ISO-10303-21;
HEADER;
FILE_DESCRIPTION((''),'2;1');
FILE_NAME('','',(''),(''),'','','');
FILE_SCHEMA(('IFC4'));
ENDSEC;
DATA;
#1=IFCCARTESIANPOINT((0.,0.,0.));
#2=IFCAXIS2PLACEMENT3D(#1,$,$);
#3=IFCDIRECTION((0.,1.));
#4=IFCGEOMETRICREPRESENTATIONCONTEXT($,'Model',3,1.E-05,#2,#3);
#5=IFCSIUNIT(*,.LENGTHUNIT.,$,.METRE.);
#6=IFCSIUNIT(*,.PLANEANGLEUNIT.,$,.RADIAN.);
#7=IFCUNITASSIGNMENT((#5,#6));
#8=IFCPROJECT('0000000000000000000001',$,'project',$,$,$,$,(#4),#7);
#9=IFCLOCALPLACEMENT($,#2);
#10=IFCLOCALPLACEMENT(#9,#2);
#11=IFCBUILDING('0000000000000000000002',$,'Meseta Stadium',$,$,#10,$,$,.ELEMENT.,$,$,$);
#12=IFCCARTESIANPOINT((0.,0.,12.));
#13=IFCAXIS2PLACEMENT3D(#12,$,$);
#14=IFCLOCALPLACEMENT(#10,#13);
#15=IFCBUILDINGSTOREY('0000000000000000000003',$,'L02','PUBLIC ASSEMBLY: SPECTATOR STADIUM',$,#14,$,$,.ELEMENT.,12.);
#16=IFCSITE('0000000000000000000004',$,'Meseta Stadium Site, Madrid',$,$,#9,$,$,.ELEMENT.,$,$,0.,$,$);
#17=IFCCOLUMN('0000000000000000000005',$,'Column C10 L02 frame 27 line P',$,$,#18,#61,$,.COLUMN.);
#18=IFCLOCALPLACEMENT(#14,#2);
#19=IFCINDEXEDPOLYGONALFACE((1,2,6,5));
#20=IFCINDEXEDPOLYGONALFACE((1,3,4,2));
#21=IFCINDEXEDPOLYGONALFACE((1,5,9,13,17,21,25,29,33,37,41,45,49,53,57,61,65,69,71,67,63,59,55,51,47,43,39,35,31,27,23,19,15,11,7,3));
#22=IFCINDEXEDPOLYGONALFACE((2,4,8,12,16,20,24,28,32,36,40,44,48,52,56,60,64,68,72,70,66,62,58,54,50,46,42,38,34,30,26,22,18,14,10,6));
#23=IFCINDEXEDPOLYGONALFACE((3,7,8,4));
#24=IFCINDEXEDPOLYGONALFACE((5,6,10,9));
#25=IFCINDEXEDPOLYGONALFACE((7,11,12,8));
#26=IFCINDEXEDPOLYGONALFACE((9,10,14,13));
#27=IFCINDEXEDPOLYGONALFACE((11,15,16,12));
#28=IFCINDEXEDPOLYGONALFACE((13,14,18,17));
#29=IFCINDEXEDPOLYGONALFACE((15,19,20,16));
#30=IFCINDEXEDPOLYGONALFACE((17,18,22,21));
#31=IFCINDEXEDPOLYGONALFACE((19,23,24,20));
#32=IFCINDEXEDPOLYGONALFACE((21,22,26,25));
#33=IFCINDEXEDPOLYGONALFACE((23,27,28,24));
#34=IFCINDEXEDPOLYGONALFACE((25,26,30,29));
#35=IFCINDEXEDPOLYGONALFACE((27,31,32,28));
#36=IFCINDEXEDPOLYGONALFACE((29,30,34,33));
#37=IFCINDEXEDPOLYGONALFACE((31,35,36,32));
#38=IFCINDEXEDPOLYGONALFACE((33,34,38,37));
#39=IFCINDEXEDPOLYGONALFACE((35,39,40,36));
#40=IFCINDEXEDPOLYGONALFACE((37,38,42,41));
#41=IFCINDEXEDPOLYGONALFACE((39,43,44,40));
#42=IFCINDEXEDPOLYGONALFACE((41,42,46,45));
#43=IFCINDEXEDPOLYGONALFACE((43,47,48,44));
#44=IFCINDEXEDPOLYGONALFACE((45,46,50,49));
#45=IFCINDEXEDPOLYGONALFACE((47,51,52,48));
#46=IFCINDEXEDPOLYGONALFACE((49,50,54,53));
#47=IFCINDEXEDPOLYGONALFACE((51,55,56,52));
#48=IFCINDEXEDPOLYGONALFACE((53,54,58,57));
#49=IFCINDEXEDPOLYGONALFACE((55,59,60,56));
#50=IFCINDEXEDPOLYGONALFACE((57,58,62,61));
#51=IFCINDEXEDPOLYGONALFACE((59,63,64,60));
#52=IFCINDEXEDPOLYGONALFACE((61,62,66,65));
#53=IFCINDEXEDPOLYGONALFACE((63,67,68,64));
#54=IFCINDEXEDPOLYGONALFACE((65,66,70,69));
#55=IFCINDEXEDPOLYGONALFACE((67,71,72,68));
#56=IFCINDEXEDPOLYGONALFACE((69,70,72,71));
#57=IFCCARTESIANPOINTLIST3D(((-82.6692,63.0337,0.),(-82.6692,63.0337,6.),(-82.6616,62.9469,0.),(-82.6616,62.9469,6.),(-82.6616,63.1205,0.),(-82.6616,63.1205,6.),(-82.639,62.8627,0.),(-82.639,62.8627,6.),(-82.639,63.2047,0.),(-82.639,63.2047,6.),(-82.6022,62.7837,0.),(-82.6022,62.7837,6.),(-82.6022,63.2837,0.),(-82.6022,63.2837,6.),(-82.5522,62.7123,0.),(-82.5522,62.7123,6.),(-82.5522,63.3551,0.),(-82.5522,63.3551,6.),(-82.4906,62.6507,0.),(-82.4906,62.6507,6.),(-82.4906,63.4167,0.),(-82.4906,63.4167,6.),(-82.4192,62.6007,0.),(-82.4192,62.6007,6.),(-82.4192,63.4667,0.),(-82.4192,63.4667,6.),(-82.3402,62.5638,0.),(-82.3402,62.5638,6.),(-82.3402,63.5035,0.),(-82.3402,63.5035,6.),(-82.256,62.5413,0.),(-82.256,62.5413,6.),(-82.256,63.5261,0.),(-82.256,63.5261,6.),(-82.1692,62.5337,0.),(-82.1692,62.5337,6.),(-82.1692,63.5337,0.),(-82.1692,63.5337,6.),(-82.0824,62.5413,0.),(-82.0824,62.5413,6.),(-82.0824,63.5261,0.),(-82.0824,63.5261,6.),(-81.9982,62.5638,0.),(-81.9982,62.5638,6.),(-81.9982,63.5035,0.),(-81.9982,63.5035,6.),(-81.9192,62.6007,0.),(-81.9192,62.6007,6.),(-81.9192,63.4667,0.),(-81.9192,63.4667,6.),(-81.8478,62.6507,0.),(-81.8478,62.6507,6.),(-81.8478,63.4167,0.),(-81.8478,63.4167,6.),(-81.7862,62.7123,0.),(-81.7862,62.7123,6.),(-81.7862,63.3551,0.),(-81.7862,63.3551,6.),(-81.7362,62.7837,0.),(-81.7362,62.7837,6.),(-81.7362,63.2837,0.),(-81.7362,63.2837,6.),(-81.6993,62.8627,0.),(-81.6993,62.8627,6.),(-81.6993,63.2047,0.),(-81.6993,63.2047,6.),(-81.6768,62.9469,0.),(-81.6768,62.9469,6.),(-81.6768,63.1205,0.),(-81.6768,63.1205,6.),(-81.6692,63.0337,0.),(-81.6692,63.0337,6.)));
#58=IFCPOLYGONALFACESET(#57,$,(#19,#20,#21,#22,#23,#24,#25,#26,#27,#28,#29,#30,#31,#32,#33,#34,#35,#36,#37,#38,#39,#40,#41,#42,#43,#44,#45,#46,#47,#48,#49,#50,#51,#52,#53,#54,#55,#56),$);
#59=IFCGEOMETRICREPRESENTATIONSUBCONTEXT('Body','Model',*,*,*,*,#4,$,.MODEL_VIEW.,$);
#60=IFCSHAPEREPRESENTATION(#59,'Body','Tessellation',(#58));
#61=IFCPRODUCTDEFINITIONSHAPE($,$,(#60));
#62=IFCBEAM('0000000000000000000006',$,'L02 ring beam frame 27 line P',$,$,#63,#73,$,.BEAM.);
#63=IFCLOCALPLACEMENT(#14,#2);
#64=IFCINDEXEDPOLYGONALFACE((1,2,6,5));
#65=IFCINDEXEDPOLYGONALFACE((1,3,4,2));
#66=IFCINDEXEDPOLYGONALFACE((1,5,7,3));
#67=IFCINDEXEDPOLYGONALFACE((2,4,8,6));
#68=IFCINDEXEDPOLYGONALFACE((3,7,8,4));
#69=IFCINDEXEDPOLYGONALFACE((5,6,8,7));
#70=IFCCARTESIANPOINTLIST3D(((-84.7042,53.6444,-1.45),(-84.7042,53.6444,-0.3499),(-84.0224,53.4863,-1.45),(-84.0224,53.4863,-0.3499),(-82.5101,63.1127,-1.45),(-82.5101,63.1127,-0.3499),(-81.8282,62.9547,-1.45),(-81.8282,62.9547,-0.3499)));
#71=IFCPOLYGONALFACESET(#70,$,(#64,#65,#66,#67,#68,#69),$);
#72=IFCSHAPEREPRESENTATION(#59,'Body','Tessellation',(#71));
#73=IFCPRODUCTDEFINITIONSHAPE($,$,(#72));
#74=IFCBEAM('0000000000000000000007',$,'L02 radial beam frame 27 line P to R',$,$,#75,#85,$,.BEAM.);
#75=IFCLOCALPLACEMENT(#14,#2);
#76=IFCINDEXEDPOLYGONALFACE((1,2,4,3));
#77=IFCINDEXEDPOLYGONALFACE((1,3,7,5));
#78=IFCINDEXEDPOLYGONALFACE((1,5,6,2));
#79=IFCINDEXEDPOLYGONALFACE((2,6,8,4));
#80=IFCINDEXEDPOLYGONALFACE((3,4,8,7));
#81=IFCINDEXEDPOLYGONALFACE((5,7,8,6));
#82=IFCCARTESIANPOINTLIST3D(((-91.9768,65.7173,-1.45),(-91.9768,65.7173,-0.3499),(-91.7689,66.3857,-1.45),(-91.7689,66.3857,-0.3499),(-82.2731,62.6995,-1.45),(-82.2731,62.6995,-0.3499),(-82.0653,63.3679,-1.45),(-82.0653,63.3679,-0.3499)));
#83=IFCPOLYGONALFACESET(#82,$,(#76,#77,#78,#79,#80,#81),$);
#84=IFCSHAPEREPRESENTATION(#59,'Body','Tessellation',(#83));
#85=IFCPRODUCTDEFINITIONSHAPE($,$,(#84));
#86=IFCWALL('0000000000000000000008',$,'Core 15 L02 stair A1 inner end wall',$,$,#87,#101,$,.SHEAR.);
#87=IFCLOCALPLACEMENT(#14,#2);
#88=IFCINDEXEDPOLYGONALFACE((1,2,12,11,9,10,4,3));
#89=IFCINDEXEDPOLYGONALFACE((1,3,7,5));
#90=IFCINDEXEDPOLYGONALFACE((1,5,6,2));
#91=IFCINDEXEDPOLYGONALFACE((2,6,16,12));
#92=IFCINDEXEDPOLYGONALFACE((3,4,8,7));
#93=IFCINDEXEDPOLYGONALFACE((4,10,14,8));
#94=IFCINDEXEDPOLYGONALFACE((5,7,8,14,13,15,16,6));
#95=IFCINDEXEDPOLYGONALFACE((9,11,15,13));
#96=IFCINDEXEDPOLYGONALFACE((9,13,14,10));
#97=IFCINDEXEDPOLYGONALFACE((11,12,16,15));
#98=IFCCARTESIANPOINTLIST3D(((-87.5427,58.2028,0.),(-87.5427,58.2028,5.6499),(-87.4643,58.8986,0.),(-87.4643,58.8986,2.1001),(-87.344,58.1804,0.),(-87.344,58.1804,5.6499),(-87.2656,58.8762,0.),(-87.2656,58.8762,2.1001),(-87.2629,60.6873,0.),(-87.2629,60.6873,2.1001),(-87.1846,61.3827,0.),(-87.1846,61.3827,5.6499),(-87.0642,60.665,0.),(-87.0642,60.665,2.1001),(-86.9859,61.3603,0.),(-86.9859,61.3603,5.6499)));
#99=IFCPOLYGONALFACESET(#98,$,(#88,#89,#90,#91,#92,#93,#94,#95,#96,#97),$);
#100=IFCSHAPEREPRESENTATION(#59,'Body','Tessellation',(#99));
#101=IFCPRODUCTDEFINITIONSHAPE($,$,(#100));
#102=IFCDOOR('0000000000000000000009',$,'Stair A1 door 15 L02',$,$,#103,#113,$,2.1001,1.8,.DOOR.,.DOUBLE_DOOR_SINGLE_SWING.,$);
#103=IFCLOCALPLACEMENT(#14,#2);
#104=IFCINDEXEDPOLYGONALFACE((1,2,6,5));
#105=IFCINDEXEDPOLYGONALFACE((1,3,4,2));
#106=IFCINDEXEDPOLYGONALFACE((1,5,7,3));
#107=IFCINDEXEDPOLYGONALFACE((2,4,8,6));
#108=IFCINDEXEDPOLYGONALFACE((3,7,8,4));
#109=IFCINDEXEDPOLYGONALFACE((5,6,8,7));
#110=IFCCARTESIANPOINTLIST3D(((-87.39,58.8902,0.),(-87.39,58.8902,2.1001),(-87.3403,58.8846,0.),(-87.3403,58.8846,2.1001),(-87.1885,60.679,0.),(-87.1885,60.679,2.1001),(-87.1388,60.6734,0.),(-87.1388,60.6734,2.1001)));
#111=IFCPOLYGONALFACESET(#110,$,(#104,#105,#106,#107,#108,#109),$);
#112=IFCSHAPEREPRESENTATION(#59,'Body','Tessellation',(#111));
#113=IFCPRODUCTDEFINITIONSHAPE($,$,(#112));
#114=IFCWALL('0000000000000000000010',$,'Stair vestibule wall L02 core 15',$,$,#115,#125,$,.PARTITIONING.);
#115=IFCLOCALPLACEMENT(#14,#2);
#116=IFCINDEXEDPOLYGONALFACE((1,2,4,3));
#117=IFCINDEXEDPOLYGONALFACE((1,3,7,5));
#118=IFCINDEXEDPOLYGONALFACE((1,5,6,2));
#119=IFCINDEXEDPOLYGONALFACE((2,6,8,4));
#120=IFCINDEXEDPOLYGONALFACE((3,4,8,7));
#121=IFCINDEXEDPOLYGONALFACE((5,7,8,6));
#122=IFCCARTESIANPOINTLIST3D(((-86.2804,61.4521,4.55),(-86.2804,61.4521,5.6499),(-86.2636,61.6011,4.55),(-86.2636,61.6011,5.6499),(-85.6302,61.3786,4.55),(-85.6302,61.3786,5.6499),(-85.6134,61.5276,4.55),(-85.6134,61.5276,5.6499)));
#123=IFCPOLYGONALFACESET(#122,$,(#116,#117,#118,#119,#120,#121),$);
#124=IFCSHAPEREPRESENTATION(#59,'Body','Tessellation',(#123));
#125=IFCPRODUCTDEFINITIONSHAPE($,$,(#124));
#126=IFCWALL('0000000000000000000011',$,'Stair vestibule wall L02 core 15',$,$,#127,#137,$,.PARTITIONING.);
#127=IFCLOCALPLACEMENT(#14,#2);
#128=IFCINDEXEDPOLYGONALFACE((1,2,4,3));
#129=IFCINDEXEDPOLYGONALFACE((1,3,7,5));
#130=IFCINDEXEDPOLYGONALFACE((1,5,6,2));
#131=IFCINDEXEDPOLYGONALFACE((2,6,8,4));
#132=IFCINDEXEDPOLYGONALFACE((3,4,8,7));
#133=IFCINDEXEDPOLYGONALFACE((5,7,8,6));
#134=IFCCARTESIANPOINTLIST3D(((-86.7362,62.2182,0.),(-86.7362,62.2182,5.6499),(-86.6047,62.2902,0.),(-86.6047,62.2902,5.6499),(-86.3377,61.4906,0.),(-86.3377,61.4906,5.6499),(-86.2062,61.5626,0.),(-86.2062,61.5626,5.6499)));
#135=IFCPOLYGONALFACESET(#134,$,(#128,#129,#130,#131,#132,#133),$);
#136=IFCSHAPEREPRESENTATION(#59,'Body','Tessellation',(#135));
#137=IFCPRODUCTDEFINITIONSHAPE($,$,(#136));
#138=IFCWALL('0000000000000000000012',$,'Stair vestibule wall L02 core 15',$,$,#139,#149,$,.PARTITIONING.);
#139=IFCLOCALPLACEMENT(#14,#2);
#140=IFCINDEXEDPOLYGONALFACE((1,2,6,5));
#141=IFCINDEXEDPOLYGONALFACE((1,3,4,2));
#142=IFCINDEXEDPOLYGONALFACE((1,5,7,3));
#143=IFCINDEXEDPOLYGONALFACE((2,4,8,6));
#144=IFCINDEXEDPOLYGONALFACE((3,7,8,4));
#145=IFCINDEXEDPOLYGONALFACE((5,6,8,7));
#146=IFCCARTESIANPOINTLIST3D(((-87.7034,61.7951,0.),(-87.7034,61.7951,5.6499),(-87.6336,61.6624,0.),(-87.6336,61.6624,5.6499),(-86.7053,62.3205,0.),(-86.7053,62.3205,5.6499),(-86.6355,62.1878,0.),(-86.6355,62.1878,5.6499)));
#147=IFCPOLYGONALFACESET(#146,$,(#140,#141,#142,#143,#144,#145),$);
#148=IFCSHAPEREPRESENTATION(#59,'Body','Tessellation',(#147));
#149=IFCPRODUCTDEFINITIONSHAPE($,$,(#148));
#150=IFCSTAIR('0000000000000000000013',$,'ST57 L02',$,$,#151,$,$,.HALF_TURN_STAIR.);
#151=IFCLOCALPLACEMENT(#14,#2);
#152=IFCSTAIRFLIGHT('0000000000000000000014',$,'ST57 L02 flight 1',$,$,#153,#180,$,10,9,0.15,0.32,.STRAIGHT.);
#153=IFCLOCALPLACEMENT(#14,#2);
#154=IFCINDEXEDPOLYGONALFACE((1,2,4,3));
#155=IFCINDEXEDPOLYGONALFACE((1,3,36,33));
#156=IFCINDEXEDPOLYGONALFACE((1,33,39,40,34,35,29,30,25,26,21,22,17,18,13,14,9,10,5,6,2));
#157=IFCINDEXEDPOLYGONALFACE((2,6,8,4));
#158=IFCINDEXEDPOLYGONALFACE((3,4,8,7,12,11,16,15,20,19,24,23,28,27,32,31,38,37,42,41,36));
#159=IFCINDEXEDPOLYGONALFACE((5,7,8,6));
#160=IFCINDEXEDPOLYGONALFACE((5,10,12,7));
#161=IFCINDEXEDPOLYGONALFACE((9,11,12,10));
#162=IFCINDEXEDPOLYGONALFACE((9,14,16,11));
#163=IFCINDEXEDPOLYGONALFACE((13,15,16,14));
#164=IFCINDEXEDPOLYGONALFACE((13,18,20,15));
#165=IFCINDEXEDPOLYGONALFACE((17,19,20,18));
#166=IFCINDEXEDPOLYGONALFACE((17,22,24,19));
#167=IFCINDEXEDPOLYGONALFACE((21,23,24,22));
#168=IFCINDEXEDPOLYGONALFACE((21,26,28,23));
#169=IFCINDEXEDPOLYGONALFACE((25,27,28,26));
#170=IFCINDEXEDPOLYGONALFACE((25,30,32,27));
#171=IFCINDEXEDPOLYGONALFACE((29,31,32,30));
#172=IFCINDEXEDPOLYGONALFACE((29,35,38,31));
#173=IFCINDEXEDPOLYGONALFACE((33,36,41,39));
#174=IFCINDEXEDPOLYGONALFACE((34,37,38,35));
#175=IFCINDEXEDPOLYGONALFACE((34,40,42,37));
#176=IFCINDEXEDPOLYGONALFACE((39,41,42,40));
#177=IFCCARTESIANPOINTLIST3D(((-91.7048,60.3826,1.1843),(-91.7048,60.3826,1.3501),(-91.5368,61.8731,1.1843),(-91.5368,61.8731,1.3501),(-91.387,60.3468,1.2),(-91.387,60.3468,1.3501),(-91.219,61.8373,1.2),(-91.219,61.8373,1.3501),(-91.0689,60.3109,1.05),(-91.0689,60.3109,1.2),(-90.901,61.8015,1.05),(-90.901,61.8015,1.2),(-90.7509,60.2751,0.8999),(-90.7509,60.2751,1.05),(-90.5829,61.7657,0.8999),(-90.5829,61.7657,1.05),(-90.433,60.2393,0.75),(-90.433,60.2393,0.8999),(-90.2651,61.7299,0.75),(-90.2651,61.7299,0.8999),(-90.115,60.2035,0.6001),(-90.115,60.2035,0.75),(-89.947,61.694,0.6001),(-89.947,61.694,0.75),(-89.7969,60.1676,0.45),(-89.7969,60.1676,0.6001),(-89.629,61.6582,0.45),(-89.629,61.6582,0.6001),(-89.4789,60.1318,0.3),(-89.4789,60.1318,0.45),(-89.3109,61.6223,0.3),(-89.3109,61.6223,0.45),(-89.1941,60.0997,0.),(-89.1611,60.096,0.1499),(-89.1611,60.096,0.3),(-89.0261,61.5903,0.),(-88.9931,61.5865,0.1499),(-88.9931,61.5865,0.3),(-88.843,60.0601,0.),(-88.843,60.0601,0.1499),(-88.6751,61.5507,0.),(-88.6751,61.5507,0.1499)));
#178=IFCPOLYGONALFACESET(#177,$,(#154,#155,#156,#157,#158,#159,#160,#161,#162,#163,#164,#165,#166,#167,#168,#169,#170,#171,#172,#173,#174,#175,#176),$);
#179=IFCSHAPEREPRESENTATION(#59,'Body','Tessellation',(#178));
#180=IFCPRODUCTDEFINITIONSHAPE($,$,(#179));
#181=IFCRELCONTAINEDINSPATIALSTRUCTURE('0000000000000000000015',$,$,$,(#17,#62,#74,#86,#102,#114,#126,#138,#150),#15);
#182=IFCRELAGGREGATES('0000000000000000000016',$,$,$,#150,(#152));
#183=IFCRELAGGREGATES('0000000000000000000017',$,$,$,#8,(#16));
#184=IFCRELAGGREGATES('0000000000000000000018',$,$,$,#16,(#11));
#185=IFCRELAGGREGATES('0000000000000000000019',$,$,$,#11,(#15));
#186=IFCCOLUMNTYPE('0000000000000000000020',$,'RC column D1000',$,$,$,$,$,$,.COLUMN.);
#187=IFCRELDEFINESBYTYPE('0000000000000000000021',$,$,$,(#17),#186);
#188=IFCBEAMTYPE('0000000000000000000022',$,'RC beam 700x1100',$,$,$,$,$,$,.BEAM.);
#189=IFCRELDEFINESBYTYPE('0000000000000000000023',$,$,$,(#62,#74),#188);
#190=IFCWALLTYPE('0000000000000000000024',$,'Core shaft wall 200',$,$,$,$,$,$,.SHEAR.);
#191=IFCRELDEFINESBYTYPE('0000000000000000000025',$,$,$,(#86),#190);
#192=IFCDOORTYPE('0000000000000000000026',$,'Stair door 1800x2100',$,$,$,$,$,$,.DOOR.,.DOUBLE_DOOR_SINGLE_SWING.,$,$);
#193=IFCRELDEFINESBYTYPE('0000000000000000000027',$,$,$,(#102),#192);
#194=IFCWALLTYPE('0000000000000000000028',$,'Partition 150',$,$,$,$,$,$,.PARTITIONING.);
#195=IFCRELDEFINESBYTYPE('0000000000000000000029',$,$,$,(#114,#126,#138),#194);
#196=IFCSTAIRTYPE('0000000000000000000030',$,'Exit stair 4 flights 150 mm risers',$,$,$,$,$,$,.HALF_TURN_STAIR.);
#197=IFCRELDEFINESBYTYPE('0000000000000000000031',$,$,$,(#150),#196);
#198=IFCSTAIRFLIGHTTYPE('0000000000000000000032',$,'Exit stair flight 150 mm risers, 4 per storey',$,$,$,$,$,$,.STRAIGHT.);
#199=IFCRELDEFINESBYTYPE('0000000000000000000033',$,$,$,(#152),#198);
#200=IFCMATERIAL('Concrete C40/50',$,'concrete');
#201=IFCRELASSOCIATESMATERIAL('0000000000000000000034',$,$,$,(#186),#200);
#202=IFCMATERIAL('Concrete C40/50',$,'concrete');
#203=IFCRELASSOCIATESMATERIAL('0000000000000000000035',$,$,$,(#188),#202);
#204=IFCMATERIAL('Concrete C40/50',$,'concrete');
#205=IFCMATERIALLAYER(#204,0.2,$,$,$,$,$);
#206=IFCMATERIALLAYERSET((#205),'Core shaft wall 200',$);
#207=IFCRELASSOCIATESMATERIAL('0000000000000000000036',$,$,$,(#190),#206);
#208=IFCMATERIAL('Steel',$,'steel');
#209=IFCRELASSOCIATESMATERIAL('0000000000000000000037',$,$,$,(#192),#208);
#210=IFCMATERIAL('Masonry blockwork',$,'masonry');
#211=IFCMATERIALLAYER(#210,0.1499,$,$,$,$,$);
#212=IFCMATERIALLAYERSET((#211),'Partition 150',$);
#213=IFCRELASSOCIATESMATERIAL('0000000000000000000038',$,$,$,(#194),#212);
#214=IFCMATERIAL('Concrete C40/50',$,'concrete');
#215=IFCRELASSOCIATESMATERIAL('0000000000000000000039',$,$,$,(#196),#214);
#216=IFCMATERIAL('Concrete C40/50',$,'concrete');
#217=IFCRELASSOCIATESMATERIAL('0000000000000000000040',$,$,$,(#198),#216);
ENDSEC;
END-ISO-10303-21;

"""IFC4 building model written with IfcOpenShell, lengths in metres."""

from ifc_helpers import new_model, si_unit, direction, frame, frame_2d, origin, origin_2d, place, context, subcontext, project, spatial, polyline, rectangle, circle, outline, extrude, material, layer, layer_set, material_profile, profile_set, type_object, element, fill, aggregate, save


model = new_model("IFC4")

# Units and contexts
model_context = context("Model", 3, precision=1e-05, world=origin(), true_north=direction((0.0, 1.0)))
body_context = subcontext(model_context, "Body", "Model", "MODEL_VIEW")
ifc_project = project(units=[si_unit("LENGTHUNIT", "METRE"), si_unit("PLANEANGLEUNIT", "RADIAN")], contexts=[model_context])

# Site, building, storey
site_placement = place(None, origin())
site = spatial("IfcSite", under=ifc_project, at=site_placement, Name="Meseta Stadium Site, Madrid", CompositionType="ELEMENT", RefElevation=0.0)
building_placement = place(site_placement, origin())
building = spatial("IfcBuilding", under=site, at=building_placement, Name="Meseta Stadium", CompositionType="ELEMENT")
storey_placement = place(building_placement, frame((0.0, 0.0, 12.0)))
storey = spatial("IfcBuildingStorey", under=building, at=storey_placement, Name="L02", Description="PUBLIC ASSEMBLY: SPECTATOR STADIUM", CompositionType="ELEMENT", Elevation=12.0)

# Column
ifc_material_1 = material(Name="Concrete C40/50", Category="concrete")
ifc_material_profile_1 = material_profile(ifc_material_1, circle(Radius=0.5, at=origin_2d()), Name="RC D1000")
ifc_profile_set_1 = profile_set([ifc_material_profile_1], Name="Concrete C40/50")
column_type = type_object("IfcColumnType", Name="RC column D1000", PredefinedType="COLUMN", material=ifc_profile_set_1)
column_placement = place(storey_placement, frame((-82.1692, 63.0337, 0.0), z_axis=(0.0, 0.0, 1.0), x_axis=(1.0, 0.0, 0.0)))
element("IfcColumn", 1, at=column_placement, inside=storey, type_object=column_type, Name="Column C10 L02 frame 27 line P", PredefinedType="COLUMN", context=body_context, shape_type="SweptSolid", body=[
    extrude(circle(Radius=0.5, at=origin_2d()), origin(), (0.0, 0.0, 1.0), 6.0),
])

# Beams
ifc_material_2 = material(Name="Concrete C40/50", Category="concrete")
ifc_material_profile_2 = material_profile(ifc_material_2, rectangle(XDim=0.7, YDim=1.1001, at=origin_2d()), Name="RC 700x1100")
ifc_profile_set_2 = profile_set([ifc_material_profile_2], Name="Concrete C40/50")
beam_type = type_object("IfcBeamType", Name="RC beam 700x1100", PredefinedType="BEAM", material=ifc_profile_set_2)
beam_1_placement = place(storey_placement, frame((-82.1692, 63.0337, -0.8999), z_axis=(-0.225749, -0.974185, 0.0), x_axis=(0.974185, -0.225749, 0.0)))
element("IfcBeam", 2, at=beam_1_placement, inside=storey, type_object=beam_type, Name="L02 ring beam frame 27 line P", PredefinedType="BEAM", context=body_context, shape_type="SweptSolid", body=[
    extrude(rectangle(XDim=0.7, YDim=1.1001, at=origin_2d()), origin(), (0.0, 0.0, 1.0), 9.7192),
])
beam_2_placement = place(storey_placement, frame((-82.1692, 63.0337, -0.8999), z_axis=(-0.954887, 0.29697, 0.0), x_axis=(-0.29697, -0.954887, 0.0)))
element("IfcBeam", 3, at=beam_2_placement, inside=storey, type_object=beam_type, Name="L02 radial beam frame 27 line P to R", PredefinedType="BEAM", context=body_context, shape_type="SweptSolid", body=[
    extrude(rectangle(XDim=0.7, YDim=1.1001, at=origin_2d()), origin(), (0.0, 0.0, 1.0), 10.1621),
])

# Wall, opening, door
ifc_material_3 = material(Name="Concrete C40/50", Category="concrete")
ifc_layer_1 = layer(ifc_material_3, 0.2)
ifc_layer_set_1 = layer_set([ifc_layer_1], Name="Core shaft wall 200")
wall_type_1 = type_object("IfcWallType", Name="Core shaft wall 200", PredefinedType="SHEAR", material=ifc_layer_set_1)
wall_1_placement = place(storey_placement, frame((-87.0852, 61.3716, 0.0), z_axis=(0.0, 0.0, 1.0), x_axis=(-0.111922, -0.993717, 0.0)))
wall_1 = element("IfcWall", 4, at=wall_1_placement, inside=storey, type_object=wall_type_1, Name="Core 15 L02 stair A1 inner end wall", PredefinedType="SHEAR", context=body_context, shape_type="SweptSolid", body=[
    extrude(rectangle(XDim=3.2, YDim=0.2, at=frame_2d((1.6001, 0.0))), origin(), (0.0, 0.0, 1.0), 5.6499),
])
opening_placement = place(wall_1_placement, frame((0.7, 0.0, 0.0)))
opening = element("IfcOpeningElement", 5, at=opening_placement, cuts=wall_1, PredefinedType="OPENING", context=body_context, shape_type="SweptSolid", body=[
    extrude(rectangle(XDim=1.8, YDim=2.1001, at=frame_2d((0.8999, 1.05))), frame((0.0, 0.1099, 0.0), z_axis=(0.0, -1.0, 0.0), x_axis=(1.0, 0.0, 0.0)), (0.0, 0.0, 1.0), 0.22),
])
ifc_material_4 = material(Name="Steel", Category="steel")
door_type = type_object("IfcDoorType", Name="Stair door 1800x2100", OperationType="DOUBLE_DOOR_SINGLE_SWING", PredefinedType="DOOR", material=ifc_material_4)
door_placement = place(opening_placement, origin())
door = element("IfcDoor", 6, at=door_placement, inside=storey, type_object=door_type, Name="Stair A1 door 15 L02", OperationType="DOUBLE_DOOR_SINGLE_SWING", OverallHeight=2.1001, OverallWidth=1.8, PredefinedType="DOOR", context=body_context, shape_type="SweptSolid", body=[
    extrude(rectangle(XDim=1.8, YDim=2.1001, at=frame_2d((0.8999, 1.05))), frame((0.0, 0.0249, 0.0), z_axis=(0.0, -1.0, 0.0), x_axis=(1.0, 0.0, 0.0)), (0.0, 0.0, 1.0), 0.05),
])
fill(opening, door)

# Walls
ifc_material_5 = material(Name="Masonry blockwork", Category="masonry")
ifc_layer_2 = layer(ifc_material_5, 0.1499)
ifc_layer_set_2 = layer_set([ifc_layer_2], Name="Partition 150")
wall_type_2 = type_object("IfcWallType", Name="Partition 150", PredefinedType="PARTITIONING", material=ifc_layer_set_2)
wall_2_placement = place(storey_placement, frame((-85.6218, 61.4531, 4.55), z_axis=(0.0, 0.0, 1.0), x_axis=(-0.993673, 0.112315, 0.0)))
element("IfcWall", 7, at=wall_2_placement, inside=storey, type_object=wall_type_2, Name="Stair vestibule wall L02 core 15", PredefinedType="PARTITIONING", context=body_context, shape_type="SweptSolid", body=[
    extrude(rectangle(XDim=0.6543, YDim=0.1499, at=frame_2d((0.3271, 0.0))), origin(), (0.0, 0.0, 1.0), 1.0999),
])
wall_3_placement = place(storey_placement, frame((-86.272, 61.5266, 0.0), z_axis=(0.0, 0.0, 1.0), x_axis=(-0.480336, 0.877084, 0.0)))
element("IfcWall", 8, at=wall_3_placement, inside=storey, type_object=wall_type_2, Name="Stair vestibule wall L02 core 15", PredefinedType="PARTITIONING", context=body_context, shape_type="SweptSolid", body=[
    extrude(rectangle(XDim=0.8296, YDim=0.1499, at=frame_2d((0.4148, 0.0))), origin(), (0.0, 0.0, 1.0), 5.6499),
])
wall_4_placement = place(storey_placement, frame((-86.6704, 62.2542, 0.0), z_axis=(0.0, 0.0, 1.0), x_axis=(-0.884881, -0.465818, 0.0)))
element("IfcWall", 9, at=wall_4_placement, inside=storey, type_object=wall_type_2, Name="Stair vestibule wall L02 core 15", PredefinedType="PARTITIONING", context=body_context, shape_type="SweptSolid", body=[
    extrude(rectangle(XDim=1.1279, YDim=0.1499, at=frame_2d((0.564, 0.0))), origin(), (0.0, 0.0, 1.0), 5.6499),
])

# Stair, stair flight
ifc_material_6 = material(Name="Concrete C40/50", Category="concrete")
stair_type = type_object("IfcStairType", Name="Exit stair 4 flights 150 mm risers", PredefinedType="HALF_TURN_STAIR", material=ifc_material_6)
stair_placement = place(storey_placement, origin())
stair = element("IfcStair", 10, at=stair_placement, inside=storey, type_object=stair_type, Name="ST57 L02", PredefinedType="HALF_TURN_STAIR")
ifc_material_7 = material(Name="Concrete C40/50", Category="concrete")
stair_flight_type = type_object("IfcStairFlightType", Name="Exit stair flight 150 mm risers, 4 per storey", PredefinedType="STRAIGHT", material=ifc_material_7)
stair_flight_1_placement = place(storey_placement, frame((-88.759, 60.8054, 0.0), z_axis=(0.0, 0.0, 1.0), x_axis=(-0.993712, 0.111964, 0.0)))
stair_flight_1 = element("IfcStairFlight", 11, at=stair_flight_1_placement, type_object=stair_flight_type, Name="ST57 L02 flight 1", NumberOfRisers=10, NumberOfTreads=9, PredefinedType="STRAIGHT", RiserHeight=0.15, TreadLength=0.32, context=body_context, shape_type="SweptSolid", body=[
    extrude(outline(polyline([(0.0, 0.0), (0.0, 0.1499), (0.3201, 0.1499), (0.3201, 0.3), (0.6399, 0.3), (0.6399, 0.45), (0.96, 0.45), (0.96, 0.6001), (1.28, 0.6001), (1.28, 0.75), (1.6001, 0.75), (1.6001, 0.8999), (1.9199, 0.8999), (1.9199, 1.05), (2.24, 1.05), (2.24, 1.2), (2.5601, 1.2), (2.5601, 1.3501), (2.8799, 1.3501), (2.8799, 1.1843), (0.3533, 0.0), (0.0, 0.0)])), frame((0.0, 0.75, 0.0), z_axis=(0.0, -1.0, 0.0), x_axis=(1.0, 0.0, 0.0)), (0.0, 0.0, 1.0), 1.5),
])
aggregate(stair, [stair_flight_1])

save(model, "model.ifc")
